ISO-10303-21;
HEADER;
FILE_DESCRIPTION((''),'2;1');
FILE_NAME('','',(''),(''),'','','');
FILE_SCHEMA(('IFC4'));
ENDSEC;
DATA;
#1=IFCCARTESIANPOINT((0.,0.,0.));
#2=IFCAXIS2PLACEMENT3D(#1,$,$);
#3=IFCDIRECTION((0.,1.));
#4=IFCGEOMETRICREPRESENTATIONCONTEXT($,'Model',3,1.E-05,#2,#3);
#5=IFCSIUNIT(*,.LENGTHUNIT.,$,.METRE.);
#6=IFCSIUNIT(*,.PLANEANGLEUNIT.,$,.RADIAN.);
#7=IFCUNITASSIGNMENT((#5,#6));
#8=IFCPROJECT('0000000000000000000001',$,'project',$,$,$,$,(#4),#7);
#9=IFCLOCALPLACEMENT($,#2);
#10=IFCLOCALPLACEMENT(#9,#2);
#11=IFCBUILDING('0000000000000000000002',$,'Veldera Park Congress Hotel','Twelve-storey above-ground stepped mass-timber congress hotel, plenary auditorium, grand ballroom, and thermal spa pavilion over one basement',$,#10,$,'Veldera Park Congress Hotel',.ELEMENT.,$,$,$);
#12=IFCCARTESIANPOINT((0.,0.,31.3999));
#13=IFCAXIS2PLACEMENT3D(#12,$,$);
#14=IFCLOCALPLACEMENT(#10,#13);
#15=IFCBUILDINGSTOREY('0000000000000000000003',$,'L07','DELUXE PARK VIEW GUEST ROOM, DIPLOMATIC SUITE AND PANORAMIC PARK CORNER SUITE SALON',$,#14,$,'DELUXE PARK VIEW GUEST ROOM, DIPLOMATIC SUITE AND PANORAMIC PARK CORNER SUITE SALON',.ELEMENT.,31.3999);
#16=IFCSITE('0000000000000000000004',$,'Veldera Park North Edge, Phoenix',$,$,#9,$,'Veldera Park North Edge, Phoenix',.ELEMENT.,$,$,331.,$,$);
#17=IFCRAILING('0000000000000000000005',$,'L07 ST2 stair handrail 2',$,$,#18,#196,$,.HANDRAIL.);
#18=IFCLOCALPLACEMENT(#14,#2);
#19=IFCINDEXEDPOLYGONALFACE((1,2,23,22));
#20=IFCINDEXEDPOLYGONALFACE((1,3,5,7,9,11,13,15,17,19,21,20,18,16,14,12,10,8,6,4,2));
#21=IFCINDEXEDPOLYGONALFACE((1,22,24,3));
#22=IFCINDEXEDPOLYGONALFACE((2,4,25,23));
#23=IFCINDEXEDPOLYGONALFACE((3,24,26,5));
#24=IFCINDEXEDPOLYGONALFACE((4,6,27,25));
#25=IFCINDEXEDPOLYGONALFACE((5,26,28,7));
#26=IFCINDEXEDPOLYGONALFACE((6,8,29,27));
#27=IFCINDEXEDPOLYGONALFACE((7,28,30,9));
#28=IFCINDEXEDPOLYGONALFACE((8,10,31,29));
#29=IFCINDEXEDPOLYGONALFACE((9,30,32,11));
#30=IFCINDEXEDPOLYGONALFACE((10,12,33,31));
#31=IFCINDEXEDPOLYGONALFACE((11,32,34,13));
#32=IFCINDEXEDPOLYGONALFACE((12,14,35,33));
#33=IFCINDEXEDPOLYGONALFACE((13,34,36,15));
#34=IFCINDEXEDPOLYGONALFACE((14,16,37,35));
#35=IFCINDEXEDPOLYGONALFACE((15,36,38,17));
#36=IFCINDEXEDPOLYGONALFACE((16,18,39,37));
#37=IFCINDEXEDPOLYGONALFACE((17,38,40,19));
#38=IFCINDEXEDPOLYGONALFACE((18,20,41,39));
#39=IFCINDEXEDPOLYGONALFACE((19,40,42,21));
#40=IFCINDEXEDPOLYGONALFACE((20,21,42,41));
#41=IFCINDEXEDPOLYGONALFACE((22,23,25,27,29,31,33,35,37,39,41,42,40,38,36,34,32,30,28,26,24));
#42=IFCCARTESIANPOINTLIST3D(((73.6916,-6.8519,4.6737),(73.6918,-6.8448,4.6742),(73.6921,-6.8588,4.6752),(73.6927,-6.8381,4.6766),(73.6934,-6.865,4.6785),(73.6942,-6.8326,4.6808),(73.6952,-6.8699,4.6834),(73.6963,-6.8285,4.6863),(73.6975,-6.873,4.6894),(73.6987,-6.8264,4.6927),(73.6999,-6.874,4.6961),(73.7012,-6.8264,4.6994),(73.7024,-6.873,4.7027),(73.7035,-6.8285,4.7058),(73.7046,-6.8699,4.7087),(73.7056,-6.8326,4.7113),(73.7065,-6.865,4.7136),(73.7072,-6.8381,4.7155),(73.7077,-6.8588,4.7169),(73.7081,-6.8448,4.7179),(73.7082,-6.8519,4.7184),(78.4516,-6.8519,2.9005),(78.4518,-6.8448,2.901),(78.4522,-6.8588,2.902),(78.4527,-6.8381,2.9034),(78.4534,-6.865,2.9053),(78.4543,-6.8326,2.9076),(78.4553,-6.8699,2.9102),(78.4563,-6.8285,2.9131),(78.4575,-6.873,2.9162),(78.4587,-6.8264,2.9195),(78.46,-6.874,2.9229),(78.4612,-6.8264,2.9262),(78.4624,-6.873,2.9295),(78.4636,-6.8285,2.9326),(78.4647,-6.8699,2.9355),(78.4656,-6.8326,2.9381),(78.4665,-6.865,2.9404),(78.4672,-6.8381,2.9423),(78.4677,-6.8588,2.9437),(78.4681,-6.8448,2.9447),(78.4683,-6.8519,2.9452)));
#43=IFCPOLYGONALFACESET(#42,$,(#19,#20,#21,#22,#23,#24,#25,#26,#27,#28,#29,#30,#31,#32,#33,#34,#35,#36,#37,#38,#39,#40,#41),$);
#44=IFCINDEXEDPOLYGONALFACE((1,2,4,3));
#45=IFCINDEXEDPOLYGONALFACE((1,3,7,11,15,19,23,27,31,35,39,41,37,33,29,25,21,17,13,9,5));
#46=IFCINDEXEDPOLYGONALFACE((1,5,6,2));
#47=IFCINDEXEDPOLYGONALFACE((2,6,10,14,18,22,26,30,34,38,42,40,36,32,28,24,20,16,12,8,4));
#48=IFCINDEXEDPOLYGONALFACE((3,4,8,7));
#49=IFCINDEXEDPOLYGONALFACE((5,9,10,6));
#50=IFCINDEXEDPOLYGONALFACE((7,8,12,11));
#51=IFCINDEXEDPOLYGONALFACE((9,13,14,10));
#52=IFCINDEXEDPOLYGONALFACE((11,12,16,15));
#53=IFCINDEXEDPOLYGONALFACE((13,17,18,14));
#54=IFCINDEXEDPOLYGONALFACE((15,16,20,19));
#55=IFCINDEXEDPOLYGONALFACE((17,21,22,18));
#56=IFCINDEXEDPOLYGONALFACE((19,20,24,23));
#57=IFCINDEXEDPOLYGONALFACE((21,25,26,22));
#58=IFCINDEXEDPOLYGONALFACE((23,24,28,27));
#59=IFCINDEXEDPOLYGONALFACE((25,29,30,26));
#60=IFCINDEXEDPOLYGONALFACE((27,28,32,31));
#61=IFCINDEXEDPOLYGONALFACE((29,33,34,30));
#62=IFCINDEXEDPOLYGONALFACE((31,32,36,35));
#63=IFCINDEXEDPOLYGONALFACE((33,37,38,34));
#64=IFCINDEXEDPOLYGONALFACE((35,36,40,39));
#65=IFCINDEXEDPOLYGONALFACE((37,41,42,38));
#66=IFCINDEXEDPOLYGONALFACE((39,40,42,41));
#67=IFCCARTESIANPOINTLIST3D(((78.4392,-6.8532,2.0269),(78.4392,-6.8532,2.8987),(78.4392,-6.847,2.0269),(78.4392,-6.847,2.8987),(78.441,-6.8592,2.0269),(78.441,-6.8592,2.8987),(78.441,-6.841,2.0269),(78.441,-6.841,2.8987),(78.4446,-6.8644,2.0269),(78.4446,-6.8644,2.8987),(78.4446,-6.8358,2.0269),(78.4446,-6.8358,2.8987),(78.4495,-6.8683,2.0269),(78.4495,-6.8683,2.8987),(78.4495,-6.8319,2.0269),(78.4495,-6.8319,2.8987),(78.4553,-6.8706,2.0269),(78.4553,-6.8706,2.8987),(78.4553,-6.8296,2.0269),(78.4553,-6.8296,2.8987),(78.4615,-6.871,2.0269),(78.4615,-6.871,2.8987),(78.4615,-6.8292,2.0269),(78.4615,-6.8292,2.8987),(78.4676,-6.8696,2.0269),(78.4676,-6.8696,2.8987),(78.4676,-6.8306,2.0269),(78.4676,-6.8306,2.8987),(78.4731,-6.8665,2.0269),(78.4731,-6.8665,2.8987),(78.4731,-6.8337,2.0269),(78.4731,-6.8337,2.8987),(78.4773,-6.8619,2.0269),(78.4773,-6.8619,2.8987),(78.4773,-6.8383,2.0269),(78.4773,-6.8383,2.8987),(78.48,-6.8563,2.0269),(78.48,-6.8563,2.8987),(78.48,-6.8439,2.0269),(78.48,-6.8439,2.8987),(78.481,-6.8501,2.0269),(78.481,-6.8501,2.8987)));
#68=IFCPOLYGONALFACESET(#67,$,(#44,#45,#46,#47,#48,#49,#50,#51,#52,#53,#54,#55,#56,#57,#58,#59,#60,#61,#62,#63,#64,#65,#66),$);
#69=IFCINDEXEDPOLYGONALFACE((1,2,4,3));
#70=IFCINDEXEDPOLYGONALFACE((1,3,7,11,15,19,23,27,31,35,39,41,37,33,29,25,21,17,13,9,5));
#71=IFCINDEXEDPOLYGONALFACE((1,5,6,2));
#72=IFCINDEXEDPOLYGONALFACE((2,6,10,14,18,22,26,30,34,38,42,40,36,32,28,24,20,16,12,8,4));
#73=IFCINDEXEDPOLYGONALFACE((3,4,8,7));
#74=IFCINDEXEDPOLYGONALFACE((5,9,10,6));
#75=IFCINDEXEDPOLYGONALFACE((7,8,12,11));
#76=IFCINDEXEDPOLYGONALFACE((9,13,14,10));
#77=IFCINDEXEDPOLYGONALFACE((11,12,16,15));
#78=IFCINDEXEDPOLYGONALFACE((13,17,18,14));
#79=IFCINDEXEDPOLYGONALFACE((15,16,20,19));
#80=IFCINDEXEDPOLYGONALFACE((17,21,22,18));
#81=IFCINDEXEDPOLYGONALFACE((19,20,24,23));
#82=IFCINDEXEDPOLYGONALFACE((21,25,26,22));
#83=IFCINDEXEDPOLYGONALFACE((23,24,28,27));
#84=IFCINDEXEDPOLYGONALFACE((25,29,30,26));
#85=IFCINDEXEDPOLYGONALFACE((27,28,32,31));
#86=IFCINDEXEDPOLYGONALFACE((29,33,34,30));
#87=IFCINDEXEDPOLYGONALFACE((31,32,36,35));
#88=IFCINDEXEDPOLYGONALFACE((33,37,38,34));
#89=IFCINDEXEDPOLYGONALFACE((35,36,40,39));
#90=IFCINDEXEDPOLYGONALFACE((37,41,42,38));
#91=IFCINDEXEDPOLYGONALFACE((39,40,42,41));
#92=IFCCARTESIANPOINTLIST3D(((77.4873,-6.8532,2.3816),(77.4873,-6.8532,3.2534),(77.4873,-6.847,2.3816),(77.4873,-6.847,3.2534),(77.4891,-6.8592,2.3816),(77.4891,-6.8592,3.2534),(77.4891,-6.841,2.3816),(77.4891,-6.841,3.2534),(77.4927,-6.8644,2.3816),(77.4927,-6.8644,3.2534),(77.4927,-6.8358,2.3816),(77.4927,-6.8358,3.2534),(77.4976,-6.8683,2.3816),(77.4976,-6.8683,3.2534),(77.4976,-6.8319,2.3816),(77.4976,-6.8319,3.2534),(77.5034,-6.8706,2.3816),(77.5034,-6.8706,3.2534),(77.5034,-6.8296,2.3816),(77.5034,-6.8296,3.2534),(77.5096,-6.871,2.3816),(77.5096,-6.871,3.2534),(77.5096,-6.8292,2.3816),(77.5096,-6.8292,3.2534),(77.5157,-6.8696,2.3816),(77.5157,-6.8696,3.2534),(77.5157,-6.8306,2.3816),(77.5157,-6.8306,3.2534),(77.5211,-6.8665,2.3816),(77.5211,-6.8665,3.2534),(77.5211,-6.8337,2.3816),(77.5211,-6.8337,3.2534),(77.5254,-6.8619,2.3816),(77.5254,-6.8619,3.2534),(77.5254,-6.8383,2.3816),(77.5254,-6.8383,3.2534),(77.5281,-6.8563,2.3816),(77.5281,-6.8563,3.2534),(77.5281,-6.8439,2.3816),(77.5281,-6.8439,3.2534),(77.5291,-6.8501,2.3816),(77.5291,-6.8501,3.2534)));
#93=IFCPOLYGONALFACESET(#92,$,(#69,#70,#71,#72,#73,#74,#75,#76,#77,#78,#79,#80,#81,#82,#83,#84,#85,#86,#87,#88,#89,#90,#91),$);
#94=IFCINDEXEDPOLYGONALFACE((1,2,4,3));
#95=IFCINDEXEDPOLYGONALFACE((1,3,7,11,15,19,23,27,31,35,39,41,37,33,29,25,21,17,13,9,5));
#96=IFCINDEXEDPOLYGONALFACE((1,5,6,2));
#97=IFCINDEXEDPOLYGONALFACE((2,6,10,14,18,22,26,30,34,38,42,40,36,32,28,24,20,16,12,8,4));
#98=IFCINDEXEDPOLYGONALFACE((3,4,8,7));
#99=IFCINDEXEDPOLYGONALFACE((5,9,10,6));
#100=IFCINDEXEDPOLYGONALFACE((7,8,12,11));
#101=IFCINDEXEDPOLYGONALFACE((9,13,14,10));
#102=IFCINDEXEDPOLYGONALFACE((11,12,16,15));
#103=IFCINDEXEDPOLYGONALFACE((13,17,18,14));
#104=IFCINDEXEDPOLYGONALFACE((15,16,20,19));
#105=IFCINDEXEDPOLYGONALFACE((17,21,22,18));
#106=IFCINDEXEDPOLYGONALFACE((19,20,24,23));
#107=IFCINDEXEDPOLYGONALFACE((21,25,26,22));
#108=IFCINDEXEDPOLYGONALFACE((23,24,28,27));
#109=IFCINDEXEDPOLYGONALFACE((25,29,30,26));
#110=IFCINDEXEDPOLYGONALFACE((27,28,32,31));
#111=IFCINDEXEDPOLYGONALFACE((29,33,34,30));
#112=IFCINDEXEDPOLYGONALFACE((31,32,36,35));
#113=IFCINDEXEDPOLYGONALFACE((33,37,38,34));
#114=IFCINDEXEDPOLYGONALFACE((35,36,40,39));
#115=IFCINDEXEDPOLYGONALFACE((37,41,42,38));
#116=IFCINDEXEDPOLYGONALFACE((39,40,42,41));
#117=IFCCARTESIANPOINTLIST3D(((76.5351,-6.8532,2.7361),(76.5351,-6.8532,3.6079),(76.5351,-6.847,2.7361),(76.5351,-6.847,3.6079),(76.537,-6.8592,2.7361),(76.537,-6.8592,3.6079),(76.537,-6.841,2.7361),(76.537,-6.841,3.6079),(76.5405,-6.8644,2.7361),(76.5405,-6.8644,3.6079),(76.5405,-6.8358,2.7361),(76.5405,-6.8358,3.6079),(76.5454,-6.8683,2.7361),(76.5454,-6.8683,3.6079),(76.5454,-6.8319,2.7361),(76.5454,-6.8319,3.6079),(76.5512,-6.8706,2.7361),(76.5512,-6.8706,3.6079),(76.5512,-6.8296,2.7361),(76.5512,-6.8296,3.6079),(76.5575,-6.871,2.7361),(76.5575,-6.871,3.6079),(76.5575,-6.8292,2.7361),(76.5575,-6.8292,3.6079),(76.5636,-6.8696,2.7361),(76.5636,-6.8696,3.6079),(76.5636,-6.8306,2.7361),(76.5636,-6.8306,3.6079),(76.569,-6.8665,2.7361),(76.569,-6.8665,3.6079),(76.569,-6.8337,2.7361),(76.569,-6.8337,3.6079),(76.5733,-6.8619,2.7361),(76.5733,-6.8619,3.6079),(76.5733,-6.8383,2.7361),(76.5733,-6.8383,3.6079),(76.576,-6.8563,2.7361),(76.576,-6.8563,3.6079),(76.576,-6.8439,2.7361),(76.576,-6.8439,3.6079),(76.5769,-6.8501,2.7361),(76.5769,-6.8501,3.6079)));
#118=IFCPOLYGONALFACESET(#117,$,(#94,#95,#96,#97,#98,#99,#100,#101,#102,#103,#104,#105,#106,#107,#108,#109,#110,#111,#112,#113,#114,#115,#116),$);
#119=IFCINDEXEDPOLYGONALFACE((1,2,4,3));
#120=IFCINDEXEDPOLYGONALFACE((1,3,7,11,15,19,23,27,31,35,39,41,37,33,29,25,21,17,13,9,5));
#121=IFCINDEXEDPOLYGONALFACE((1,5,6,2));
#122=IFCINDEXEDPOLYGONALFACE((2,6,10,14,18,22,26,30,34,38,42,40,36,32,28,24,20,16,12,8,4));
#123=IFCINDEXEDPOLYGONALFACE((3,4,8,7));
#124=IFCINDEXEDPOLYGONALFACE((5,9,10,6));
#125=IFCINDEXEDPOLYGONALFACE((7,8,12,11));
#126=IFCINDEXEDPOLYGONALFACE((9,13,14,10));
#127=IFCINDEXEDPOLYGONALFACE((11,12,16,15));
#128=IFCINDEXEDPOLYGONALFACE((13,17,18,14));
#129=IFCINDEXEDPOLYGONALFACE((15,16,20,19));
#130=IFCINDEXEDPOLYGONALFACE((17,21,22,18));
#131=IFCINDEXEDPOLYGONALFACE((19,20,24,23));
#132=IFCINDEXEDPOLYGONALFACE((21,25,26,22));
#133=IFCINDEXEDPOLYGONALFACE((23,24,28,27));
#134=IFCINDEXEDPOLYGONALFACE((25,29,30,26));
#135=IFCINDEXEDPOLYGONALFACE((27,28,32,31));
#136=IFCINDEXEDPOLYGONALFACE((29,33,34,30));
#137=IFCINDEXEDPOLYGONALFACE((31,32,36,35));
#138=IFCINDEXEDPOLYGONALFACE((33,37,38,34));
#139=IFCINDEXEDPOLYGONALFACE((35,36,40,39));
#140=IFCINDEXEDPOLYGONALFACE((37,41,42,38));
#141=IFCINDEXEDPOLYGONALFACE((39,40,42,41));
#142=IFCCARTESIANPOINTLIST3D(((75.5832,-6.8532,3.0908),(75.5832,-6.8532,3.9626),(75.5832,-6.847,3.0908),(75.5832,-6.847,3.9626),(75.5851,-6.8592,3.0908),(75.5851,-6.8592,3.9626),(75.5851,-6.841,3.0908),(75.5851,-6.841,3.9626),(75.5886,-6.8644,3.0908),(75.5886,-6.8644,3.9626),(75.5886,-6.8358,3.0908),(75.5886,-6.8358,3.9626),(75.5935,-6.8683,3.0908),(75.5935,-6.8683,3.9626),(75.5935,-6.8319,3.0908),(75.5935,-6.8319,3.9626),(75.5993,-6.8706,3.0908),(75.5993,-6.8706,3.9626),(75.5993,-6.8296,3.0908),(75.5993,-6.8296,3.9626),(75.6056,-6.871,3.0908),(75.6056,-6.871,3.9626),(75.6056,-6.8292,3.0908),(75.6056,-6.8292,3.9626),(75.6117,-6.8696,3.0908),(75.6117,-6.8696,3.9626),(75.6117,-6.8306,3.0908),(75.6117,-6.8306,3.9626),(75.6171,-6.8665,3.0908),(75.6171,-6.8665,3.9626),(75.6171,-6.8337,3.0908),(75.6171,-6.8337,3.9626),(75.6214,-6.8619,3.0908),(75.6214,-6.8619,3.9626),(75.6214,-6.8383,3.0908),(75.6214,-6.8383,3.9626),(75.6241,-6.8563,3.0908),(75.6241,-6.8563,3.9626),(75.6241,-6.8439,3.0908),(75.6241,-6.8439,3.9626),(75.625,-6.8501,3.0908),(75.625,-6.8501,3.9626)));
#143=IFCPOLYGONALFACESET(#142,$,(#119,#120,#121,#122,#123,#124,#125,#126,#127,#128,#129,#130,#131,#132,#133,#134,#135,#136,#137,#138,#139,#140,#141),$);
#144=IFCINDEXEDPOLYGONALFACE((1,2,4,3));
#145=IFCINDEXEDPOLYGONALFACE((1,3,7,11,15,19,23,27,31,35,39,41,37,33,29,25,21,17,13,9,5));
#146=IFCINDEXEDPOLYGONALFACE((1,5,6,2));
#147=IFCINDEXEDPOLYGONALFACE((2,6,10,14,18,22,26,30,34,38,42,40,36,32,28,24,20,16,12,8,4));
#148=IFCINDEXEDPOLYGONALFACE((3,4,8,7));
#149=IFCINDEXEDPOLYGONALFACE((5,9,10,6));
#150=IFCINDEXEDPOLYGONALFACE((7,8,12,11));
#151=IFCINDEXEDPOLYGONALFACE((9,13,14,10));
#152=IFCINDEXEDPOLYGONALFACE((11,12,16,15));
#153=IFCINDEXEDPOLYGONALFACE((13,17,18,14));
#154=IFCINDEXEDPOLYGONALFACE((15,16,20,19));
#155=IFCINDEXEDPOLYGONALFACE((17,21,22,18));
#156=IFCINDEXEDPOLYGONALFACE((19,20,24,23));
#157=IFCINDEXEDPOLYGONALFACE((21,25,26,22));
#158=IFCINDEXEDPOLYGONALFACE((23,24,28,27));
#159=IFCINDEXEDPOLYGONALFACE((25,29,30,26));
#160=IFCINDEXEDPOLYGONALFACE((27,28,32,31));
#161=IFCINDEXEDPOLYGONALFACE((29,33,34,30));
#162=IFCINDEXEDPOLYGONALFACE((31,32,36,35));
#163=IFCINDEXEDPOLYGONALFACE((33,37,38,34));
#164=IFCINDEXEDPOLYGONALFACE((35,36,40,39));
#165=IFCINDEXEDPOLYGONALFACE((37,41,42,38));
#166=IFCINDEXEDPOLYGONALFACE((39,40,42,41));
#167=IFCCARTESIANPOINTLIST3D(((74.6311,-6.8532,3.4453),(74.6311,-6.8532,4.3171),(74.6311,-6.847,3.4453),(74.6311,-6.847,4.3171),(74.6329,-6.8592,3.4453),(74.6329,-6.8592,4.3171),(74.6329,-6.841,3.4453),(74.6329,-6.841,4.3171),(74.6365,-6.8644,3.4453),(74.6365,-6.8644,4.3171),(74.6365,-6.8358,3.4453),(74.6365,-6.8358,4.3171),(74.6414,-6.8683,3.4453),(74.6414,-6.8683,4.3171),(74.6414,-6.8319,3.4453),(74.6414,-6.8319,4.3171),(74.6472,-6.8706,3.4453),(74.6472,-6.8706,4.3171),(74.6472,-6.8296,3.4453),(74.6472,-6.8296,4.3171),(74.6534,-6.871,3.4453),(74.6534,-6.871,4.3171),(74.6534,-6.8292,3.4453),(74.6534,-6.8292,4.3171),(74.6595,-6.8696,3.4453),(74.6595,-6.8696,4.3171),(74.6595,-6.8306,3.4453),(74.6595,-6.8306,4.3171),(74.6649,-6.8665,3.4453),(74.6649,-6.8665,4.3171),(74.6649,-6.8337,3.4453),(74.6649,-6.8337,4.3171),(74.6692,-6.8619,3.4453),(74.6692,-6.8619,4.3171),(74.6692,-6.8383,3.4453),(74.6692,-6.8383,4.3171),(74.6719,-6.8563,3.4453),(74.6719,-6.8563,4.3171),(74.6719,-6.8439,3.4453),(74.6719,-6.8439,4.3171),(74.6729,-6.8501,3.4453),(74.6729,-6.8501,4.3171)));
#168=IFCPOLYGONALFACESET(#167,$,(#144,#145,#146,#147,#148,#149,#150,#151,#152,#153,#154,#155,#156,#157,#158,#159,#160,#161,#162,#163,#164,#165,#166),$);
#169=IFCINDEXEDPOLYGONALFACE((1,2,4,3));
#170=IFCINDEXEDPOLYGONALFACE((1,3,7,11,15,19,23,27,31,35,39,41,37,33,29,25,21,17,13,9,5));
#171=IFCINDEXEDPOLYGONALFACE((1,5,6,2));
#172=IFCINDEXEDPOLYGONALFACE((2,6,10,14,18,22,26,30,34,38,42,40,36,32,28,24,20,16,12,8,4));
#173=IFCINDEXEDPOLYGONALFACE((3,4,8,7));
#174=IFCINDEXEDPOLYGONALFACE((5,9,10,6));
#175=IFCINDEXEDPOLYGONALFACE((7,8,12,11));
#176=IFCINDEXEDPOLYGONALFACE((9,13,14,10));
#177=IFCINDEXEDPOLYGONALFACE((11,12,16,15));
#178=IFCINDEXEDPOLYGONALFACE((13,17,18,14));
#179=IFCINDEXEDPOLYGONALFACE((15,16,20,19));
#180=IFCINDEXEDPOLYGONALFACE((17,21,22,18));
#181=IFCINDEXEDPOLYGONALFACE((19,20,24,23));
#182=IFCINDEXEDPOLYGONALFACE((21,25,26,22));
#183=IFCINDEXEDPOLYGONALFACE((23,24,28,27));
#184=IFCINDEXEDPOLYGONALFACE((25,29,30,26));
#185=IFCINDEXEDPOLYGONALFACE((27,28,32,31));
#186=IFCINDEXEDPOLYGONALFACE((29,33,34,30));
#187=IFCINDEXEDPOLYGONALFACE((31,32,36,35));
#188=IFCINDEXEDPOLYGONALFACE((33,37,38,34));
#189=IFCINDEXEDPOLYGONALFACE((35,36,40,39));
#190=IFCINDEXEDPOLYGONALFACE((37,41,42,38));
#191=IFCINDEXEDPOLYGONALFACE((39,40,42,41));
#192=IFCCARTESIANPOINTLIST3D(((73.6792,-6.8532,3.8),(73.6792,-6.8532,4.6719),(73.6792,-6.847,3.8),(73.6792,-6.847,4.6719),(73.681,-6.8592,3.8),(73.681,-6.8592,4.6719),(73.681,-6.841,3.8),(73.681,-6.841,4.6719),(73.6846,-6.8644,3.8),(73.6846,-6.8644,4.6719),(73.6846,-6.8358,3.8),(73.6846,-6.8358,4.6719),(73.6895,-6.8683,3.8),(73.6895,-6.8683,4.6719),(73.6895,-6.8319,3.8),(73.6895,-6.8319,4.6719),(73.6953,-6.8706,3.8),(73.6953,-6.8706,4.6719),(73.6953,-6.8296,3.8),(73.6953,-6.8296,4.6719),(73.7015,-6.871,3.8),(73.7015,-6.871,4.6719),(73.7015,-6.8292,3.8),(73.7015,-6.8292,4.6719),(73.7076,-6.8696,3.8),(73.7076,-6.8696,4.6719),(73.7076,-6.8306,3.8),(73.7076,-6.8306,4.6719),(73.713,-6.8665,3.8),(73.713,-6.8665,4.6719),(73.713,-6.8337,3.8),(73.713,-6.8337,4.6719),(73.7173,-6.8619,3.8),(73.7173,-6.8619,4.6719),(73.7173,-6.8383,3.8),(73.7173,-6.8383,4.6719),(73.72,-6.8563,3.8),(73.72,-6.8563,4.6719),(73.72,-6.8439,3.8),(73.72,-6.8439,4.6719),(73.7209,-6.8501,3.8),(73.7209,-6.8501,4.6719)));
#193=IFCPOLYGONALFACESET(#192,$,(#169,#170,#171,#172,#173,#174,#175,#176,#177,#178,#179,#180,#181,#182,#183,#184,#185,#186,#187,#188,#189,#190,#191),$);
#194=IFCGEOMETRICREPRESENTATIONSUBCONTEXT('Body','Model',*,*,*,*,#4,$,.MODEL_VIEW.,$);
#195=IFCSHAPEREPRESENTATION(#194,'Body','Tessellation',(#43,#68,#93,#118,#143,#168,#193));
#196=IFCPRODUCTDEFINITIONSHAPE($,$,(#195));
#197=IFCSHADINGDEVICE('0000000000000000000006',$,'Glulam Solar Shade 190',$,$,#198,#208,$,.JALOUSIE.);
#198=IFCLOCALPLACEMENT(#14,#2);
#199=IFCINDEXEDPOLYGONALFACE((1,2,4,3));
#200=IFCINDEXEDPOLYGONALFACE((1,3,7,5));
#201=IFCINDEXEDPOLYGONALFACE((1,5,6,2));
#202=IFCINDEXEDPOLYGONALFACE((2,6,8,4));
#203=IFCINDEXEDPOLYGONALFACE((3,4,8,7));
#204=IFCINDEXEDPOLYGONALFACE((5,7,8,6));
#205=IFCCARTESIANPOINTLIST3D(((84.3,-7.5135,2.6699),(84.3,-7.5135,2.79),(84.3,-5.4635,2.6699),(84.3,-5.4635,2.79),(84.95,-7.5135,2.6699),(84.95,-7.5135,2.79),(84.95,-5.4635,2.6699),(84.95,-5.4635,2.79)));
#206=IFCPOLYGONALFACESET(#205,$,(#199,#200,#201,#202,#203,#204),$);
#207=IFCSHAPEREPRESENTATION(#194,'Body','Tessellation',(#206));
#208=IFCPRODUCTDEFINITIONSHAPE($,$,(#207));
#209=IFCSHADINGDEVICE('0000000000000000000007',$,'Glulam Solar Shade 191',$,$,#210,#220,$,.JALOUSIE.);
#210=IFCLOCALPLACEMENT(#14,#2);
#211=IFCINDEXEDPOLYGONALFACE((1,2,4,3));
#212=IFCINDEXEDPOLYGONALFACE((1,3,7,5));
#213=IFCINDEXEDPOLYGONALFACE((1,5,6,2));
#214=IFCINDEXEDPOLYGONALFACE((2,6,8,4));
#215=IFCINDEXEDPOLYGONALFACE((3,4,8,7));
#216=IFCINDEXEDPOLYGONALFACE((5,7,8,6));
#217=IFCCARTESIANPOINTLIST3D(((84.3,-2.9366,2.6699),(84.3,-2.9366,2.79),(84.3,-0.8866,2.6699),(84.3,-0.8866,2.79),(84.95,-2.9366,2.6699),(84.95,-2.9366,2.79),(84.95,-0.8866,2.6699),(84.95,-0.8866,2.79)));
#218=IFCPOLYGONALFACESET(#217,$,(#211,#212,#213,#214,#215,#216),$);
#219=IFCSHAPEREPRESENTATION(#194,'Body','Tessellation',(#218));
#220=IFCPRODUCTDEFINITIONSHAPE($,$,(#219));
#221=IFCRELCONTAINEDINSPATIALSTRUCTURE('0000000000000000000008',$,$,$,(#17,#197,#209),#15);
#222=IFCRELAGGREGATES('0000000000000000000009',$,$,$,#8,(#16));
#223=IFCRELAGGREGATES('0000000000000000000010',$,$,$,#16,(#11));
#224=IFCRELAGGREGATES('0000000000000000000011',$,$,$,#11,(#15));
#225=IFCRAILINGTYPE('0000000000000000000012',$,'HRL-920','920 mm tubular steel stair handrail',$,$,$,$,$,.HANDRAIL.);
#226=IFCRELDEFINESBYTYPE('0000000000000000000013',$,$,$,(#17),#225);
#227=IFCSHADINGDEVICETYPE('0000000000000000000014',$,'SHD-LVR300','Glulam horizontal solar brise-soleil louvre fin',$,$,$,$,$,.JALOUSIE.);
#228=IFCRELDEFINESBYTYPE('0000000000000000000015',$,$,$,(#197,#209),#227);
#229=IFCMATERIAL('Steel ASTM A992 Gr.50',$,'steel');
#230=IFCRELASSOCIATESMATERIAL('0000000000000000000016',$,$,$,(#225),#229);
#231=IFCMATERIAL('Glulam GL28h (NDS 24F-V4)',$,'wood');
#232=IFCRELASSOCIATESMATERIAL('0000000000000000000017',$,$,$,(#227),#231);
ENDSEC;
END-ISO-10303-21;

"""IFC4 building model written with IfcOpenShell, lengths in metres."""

from ifc_helpers import new_model, si_unit, direction, frame, origin, origin_2d, place, context, subcontext, project, spatial, rectangle, circle, extrude, material, type_object, element, save


model = new_model("IFC4")

# Units and contexts
model_context = context("Model", 3, precision=1e-05, world=origin(), true_north=direction((0.0, 1.0)))
body_context = subcontext(model_context, "Body", "Model", "MODEL_VIEW")
ifc_project = project(units=[si_unit("LENGTHUNIT", "METRE"), si_unit("PLANEANGLEUNIT", "RADIAN")], contexts=[model_context])

# Site, building, storey
site_placement = place(None, origin())
site = spatial("IfcSite", under=ifc_project, at=site_placement, Name="Veldera Park North Edge, Phoenix", LongName="Veldera Park North Edge, Phoenix", CompositionType="ELEMENT", RefElevation=331.0)
building_placement = place(site_placement, origin())
building = spatial("IfcBuilding", under=site, at=building_placement, Name="Veldera Park Congress Hotel", Description="Twelve-storey above-ground stepped mass-timber congress hotel, plenary auditorium, grand ballroom, and thermal spa pavilion over one basement", LongName="Veldera Park Congress Hotel", CompositionType="ELEMENT")
storey_placement = place(building_placement, frame((0.0, 0.0, 31.3999)))
storey = spatial("IfcBuildingStorey", under=building, at=storey_placement, Name="L07", Description="DELUXE PARK VIEW GUEST ROOM, DIPLOMATIC SUITE AND PANORAMIC PARK CORNER SUITE SALON", LongName="DELUXE PARK VIEW GUEST ROOM, DIPLOMATIC SUITE AND PANORAMIC PARK CORNER SUITE SALON", CompositionType="ELEMENT", Elevation=31.3999)

# Shared definitions
ifc_material_1 = material(Name="Glulam GL28h (NDS 24F-V4)", Category="wood")

# Railing
ifc_material_2 = material(Name="Steel ASTM A992 Gr.50", Category="steel")
railing_type = type_object("IfcRailingType", Name="HRL-920", Description="920 mm tubular steel stair handrail", PredefinedType="HANDRAIL", material=ifc_material_2)
railing_placement = place(storey_placement, frame((78.46, -6.8501, 2.0269)))
element("IfcRailing", 1, at=railing_placement, inside=storey, type_object=railing_type, Name="L07 ST2 stair handrail 2", PredefinedType="HANDRAIL", context=body_context, shape_type="SweptSolid", body=[
    extrude(circle(Radius=0.0239, at=origin_2d()), frame((0.0, 0.0, 0.896), z_axis=(-0.937091, 0.0, 0.349084), x_axis=(0.0, -1.0, 0.0)), (0.0, 0.0, 1.0), 5.0796),
    extrude(circle(Radius=0.021, at=origin_2d()), origin(), (0.0, 0.0, 1.0), 0.8718),
    extrude(circle(Radius=0.021, at=origin_2d()), frame((-0.9519, 0.0, 0.3547)), (0.0, 0.0, 1.0), 0.8718),
    extrude(circle(Radius=0.021, at=origin_2d()), frame((-1.9041, 0.0, 0.7092)), (0.0, 0.0, 1.0), 0.8718),
    extrude(circle(Radius=0.021, at=origin_2d()), frame((-2.856, 0.0, 1.064)), (0.0, 0.0, 1.0), 0.8718),
    extrude(circle(Radius=0.021, at=origin_2d()), frame((-3.8081, 0.0, 1.4185)), (0.0, 0.0, 1.0), 0.8718),
    extrude(circle(Radius=0.021, at=origin_2d()), frame((-4.76, 0.0, 1.7732)), (0.0, 0.0, 1.0), 0.8718),
])

# Shading devices
shading_device_type = type_object("IfcShadingDeviceType", Name="SHD-LVR300", Description="Glulam horizontal solar brise-soleil louvre fin", PredefinedType="JALOUSIE", material=ifc_material_1)
for number, where, z_axis, x_axis, name in (
    (2, (84.625, -6.4885, 2.6699), (0.0, 0.0, 1.0), (0.0, 1.0, 0.0), "Glulam Solar Shade 190"),
    (3, (84.625, -1.9116, 2.6699), (0.0, 0.0, 1.0), (0.0, 1.0, 0.0), "Glulam Solar Shade 191"),
):
    element("IfcShadingDevice", number, at=place(storey_placement, frame(where, z_axis=z_axis, x_axis=x_axis)), inside=storey, type_object=shading_device_type, Name=name, PredefinedType="JALOUSIE", context=body_context, shape_type="SweptSolid", body=[
        extrude(rectangle(XDim=2.05, YDim=0.6499, at=origin_2d()), origin(), (0.0, 0.0, 1.0), 0.1201),
    ])

save(model, "model.ifc")
